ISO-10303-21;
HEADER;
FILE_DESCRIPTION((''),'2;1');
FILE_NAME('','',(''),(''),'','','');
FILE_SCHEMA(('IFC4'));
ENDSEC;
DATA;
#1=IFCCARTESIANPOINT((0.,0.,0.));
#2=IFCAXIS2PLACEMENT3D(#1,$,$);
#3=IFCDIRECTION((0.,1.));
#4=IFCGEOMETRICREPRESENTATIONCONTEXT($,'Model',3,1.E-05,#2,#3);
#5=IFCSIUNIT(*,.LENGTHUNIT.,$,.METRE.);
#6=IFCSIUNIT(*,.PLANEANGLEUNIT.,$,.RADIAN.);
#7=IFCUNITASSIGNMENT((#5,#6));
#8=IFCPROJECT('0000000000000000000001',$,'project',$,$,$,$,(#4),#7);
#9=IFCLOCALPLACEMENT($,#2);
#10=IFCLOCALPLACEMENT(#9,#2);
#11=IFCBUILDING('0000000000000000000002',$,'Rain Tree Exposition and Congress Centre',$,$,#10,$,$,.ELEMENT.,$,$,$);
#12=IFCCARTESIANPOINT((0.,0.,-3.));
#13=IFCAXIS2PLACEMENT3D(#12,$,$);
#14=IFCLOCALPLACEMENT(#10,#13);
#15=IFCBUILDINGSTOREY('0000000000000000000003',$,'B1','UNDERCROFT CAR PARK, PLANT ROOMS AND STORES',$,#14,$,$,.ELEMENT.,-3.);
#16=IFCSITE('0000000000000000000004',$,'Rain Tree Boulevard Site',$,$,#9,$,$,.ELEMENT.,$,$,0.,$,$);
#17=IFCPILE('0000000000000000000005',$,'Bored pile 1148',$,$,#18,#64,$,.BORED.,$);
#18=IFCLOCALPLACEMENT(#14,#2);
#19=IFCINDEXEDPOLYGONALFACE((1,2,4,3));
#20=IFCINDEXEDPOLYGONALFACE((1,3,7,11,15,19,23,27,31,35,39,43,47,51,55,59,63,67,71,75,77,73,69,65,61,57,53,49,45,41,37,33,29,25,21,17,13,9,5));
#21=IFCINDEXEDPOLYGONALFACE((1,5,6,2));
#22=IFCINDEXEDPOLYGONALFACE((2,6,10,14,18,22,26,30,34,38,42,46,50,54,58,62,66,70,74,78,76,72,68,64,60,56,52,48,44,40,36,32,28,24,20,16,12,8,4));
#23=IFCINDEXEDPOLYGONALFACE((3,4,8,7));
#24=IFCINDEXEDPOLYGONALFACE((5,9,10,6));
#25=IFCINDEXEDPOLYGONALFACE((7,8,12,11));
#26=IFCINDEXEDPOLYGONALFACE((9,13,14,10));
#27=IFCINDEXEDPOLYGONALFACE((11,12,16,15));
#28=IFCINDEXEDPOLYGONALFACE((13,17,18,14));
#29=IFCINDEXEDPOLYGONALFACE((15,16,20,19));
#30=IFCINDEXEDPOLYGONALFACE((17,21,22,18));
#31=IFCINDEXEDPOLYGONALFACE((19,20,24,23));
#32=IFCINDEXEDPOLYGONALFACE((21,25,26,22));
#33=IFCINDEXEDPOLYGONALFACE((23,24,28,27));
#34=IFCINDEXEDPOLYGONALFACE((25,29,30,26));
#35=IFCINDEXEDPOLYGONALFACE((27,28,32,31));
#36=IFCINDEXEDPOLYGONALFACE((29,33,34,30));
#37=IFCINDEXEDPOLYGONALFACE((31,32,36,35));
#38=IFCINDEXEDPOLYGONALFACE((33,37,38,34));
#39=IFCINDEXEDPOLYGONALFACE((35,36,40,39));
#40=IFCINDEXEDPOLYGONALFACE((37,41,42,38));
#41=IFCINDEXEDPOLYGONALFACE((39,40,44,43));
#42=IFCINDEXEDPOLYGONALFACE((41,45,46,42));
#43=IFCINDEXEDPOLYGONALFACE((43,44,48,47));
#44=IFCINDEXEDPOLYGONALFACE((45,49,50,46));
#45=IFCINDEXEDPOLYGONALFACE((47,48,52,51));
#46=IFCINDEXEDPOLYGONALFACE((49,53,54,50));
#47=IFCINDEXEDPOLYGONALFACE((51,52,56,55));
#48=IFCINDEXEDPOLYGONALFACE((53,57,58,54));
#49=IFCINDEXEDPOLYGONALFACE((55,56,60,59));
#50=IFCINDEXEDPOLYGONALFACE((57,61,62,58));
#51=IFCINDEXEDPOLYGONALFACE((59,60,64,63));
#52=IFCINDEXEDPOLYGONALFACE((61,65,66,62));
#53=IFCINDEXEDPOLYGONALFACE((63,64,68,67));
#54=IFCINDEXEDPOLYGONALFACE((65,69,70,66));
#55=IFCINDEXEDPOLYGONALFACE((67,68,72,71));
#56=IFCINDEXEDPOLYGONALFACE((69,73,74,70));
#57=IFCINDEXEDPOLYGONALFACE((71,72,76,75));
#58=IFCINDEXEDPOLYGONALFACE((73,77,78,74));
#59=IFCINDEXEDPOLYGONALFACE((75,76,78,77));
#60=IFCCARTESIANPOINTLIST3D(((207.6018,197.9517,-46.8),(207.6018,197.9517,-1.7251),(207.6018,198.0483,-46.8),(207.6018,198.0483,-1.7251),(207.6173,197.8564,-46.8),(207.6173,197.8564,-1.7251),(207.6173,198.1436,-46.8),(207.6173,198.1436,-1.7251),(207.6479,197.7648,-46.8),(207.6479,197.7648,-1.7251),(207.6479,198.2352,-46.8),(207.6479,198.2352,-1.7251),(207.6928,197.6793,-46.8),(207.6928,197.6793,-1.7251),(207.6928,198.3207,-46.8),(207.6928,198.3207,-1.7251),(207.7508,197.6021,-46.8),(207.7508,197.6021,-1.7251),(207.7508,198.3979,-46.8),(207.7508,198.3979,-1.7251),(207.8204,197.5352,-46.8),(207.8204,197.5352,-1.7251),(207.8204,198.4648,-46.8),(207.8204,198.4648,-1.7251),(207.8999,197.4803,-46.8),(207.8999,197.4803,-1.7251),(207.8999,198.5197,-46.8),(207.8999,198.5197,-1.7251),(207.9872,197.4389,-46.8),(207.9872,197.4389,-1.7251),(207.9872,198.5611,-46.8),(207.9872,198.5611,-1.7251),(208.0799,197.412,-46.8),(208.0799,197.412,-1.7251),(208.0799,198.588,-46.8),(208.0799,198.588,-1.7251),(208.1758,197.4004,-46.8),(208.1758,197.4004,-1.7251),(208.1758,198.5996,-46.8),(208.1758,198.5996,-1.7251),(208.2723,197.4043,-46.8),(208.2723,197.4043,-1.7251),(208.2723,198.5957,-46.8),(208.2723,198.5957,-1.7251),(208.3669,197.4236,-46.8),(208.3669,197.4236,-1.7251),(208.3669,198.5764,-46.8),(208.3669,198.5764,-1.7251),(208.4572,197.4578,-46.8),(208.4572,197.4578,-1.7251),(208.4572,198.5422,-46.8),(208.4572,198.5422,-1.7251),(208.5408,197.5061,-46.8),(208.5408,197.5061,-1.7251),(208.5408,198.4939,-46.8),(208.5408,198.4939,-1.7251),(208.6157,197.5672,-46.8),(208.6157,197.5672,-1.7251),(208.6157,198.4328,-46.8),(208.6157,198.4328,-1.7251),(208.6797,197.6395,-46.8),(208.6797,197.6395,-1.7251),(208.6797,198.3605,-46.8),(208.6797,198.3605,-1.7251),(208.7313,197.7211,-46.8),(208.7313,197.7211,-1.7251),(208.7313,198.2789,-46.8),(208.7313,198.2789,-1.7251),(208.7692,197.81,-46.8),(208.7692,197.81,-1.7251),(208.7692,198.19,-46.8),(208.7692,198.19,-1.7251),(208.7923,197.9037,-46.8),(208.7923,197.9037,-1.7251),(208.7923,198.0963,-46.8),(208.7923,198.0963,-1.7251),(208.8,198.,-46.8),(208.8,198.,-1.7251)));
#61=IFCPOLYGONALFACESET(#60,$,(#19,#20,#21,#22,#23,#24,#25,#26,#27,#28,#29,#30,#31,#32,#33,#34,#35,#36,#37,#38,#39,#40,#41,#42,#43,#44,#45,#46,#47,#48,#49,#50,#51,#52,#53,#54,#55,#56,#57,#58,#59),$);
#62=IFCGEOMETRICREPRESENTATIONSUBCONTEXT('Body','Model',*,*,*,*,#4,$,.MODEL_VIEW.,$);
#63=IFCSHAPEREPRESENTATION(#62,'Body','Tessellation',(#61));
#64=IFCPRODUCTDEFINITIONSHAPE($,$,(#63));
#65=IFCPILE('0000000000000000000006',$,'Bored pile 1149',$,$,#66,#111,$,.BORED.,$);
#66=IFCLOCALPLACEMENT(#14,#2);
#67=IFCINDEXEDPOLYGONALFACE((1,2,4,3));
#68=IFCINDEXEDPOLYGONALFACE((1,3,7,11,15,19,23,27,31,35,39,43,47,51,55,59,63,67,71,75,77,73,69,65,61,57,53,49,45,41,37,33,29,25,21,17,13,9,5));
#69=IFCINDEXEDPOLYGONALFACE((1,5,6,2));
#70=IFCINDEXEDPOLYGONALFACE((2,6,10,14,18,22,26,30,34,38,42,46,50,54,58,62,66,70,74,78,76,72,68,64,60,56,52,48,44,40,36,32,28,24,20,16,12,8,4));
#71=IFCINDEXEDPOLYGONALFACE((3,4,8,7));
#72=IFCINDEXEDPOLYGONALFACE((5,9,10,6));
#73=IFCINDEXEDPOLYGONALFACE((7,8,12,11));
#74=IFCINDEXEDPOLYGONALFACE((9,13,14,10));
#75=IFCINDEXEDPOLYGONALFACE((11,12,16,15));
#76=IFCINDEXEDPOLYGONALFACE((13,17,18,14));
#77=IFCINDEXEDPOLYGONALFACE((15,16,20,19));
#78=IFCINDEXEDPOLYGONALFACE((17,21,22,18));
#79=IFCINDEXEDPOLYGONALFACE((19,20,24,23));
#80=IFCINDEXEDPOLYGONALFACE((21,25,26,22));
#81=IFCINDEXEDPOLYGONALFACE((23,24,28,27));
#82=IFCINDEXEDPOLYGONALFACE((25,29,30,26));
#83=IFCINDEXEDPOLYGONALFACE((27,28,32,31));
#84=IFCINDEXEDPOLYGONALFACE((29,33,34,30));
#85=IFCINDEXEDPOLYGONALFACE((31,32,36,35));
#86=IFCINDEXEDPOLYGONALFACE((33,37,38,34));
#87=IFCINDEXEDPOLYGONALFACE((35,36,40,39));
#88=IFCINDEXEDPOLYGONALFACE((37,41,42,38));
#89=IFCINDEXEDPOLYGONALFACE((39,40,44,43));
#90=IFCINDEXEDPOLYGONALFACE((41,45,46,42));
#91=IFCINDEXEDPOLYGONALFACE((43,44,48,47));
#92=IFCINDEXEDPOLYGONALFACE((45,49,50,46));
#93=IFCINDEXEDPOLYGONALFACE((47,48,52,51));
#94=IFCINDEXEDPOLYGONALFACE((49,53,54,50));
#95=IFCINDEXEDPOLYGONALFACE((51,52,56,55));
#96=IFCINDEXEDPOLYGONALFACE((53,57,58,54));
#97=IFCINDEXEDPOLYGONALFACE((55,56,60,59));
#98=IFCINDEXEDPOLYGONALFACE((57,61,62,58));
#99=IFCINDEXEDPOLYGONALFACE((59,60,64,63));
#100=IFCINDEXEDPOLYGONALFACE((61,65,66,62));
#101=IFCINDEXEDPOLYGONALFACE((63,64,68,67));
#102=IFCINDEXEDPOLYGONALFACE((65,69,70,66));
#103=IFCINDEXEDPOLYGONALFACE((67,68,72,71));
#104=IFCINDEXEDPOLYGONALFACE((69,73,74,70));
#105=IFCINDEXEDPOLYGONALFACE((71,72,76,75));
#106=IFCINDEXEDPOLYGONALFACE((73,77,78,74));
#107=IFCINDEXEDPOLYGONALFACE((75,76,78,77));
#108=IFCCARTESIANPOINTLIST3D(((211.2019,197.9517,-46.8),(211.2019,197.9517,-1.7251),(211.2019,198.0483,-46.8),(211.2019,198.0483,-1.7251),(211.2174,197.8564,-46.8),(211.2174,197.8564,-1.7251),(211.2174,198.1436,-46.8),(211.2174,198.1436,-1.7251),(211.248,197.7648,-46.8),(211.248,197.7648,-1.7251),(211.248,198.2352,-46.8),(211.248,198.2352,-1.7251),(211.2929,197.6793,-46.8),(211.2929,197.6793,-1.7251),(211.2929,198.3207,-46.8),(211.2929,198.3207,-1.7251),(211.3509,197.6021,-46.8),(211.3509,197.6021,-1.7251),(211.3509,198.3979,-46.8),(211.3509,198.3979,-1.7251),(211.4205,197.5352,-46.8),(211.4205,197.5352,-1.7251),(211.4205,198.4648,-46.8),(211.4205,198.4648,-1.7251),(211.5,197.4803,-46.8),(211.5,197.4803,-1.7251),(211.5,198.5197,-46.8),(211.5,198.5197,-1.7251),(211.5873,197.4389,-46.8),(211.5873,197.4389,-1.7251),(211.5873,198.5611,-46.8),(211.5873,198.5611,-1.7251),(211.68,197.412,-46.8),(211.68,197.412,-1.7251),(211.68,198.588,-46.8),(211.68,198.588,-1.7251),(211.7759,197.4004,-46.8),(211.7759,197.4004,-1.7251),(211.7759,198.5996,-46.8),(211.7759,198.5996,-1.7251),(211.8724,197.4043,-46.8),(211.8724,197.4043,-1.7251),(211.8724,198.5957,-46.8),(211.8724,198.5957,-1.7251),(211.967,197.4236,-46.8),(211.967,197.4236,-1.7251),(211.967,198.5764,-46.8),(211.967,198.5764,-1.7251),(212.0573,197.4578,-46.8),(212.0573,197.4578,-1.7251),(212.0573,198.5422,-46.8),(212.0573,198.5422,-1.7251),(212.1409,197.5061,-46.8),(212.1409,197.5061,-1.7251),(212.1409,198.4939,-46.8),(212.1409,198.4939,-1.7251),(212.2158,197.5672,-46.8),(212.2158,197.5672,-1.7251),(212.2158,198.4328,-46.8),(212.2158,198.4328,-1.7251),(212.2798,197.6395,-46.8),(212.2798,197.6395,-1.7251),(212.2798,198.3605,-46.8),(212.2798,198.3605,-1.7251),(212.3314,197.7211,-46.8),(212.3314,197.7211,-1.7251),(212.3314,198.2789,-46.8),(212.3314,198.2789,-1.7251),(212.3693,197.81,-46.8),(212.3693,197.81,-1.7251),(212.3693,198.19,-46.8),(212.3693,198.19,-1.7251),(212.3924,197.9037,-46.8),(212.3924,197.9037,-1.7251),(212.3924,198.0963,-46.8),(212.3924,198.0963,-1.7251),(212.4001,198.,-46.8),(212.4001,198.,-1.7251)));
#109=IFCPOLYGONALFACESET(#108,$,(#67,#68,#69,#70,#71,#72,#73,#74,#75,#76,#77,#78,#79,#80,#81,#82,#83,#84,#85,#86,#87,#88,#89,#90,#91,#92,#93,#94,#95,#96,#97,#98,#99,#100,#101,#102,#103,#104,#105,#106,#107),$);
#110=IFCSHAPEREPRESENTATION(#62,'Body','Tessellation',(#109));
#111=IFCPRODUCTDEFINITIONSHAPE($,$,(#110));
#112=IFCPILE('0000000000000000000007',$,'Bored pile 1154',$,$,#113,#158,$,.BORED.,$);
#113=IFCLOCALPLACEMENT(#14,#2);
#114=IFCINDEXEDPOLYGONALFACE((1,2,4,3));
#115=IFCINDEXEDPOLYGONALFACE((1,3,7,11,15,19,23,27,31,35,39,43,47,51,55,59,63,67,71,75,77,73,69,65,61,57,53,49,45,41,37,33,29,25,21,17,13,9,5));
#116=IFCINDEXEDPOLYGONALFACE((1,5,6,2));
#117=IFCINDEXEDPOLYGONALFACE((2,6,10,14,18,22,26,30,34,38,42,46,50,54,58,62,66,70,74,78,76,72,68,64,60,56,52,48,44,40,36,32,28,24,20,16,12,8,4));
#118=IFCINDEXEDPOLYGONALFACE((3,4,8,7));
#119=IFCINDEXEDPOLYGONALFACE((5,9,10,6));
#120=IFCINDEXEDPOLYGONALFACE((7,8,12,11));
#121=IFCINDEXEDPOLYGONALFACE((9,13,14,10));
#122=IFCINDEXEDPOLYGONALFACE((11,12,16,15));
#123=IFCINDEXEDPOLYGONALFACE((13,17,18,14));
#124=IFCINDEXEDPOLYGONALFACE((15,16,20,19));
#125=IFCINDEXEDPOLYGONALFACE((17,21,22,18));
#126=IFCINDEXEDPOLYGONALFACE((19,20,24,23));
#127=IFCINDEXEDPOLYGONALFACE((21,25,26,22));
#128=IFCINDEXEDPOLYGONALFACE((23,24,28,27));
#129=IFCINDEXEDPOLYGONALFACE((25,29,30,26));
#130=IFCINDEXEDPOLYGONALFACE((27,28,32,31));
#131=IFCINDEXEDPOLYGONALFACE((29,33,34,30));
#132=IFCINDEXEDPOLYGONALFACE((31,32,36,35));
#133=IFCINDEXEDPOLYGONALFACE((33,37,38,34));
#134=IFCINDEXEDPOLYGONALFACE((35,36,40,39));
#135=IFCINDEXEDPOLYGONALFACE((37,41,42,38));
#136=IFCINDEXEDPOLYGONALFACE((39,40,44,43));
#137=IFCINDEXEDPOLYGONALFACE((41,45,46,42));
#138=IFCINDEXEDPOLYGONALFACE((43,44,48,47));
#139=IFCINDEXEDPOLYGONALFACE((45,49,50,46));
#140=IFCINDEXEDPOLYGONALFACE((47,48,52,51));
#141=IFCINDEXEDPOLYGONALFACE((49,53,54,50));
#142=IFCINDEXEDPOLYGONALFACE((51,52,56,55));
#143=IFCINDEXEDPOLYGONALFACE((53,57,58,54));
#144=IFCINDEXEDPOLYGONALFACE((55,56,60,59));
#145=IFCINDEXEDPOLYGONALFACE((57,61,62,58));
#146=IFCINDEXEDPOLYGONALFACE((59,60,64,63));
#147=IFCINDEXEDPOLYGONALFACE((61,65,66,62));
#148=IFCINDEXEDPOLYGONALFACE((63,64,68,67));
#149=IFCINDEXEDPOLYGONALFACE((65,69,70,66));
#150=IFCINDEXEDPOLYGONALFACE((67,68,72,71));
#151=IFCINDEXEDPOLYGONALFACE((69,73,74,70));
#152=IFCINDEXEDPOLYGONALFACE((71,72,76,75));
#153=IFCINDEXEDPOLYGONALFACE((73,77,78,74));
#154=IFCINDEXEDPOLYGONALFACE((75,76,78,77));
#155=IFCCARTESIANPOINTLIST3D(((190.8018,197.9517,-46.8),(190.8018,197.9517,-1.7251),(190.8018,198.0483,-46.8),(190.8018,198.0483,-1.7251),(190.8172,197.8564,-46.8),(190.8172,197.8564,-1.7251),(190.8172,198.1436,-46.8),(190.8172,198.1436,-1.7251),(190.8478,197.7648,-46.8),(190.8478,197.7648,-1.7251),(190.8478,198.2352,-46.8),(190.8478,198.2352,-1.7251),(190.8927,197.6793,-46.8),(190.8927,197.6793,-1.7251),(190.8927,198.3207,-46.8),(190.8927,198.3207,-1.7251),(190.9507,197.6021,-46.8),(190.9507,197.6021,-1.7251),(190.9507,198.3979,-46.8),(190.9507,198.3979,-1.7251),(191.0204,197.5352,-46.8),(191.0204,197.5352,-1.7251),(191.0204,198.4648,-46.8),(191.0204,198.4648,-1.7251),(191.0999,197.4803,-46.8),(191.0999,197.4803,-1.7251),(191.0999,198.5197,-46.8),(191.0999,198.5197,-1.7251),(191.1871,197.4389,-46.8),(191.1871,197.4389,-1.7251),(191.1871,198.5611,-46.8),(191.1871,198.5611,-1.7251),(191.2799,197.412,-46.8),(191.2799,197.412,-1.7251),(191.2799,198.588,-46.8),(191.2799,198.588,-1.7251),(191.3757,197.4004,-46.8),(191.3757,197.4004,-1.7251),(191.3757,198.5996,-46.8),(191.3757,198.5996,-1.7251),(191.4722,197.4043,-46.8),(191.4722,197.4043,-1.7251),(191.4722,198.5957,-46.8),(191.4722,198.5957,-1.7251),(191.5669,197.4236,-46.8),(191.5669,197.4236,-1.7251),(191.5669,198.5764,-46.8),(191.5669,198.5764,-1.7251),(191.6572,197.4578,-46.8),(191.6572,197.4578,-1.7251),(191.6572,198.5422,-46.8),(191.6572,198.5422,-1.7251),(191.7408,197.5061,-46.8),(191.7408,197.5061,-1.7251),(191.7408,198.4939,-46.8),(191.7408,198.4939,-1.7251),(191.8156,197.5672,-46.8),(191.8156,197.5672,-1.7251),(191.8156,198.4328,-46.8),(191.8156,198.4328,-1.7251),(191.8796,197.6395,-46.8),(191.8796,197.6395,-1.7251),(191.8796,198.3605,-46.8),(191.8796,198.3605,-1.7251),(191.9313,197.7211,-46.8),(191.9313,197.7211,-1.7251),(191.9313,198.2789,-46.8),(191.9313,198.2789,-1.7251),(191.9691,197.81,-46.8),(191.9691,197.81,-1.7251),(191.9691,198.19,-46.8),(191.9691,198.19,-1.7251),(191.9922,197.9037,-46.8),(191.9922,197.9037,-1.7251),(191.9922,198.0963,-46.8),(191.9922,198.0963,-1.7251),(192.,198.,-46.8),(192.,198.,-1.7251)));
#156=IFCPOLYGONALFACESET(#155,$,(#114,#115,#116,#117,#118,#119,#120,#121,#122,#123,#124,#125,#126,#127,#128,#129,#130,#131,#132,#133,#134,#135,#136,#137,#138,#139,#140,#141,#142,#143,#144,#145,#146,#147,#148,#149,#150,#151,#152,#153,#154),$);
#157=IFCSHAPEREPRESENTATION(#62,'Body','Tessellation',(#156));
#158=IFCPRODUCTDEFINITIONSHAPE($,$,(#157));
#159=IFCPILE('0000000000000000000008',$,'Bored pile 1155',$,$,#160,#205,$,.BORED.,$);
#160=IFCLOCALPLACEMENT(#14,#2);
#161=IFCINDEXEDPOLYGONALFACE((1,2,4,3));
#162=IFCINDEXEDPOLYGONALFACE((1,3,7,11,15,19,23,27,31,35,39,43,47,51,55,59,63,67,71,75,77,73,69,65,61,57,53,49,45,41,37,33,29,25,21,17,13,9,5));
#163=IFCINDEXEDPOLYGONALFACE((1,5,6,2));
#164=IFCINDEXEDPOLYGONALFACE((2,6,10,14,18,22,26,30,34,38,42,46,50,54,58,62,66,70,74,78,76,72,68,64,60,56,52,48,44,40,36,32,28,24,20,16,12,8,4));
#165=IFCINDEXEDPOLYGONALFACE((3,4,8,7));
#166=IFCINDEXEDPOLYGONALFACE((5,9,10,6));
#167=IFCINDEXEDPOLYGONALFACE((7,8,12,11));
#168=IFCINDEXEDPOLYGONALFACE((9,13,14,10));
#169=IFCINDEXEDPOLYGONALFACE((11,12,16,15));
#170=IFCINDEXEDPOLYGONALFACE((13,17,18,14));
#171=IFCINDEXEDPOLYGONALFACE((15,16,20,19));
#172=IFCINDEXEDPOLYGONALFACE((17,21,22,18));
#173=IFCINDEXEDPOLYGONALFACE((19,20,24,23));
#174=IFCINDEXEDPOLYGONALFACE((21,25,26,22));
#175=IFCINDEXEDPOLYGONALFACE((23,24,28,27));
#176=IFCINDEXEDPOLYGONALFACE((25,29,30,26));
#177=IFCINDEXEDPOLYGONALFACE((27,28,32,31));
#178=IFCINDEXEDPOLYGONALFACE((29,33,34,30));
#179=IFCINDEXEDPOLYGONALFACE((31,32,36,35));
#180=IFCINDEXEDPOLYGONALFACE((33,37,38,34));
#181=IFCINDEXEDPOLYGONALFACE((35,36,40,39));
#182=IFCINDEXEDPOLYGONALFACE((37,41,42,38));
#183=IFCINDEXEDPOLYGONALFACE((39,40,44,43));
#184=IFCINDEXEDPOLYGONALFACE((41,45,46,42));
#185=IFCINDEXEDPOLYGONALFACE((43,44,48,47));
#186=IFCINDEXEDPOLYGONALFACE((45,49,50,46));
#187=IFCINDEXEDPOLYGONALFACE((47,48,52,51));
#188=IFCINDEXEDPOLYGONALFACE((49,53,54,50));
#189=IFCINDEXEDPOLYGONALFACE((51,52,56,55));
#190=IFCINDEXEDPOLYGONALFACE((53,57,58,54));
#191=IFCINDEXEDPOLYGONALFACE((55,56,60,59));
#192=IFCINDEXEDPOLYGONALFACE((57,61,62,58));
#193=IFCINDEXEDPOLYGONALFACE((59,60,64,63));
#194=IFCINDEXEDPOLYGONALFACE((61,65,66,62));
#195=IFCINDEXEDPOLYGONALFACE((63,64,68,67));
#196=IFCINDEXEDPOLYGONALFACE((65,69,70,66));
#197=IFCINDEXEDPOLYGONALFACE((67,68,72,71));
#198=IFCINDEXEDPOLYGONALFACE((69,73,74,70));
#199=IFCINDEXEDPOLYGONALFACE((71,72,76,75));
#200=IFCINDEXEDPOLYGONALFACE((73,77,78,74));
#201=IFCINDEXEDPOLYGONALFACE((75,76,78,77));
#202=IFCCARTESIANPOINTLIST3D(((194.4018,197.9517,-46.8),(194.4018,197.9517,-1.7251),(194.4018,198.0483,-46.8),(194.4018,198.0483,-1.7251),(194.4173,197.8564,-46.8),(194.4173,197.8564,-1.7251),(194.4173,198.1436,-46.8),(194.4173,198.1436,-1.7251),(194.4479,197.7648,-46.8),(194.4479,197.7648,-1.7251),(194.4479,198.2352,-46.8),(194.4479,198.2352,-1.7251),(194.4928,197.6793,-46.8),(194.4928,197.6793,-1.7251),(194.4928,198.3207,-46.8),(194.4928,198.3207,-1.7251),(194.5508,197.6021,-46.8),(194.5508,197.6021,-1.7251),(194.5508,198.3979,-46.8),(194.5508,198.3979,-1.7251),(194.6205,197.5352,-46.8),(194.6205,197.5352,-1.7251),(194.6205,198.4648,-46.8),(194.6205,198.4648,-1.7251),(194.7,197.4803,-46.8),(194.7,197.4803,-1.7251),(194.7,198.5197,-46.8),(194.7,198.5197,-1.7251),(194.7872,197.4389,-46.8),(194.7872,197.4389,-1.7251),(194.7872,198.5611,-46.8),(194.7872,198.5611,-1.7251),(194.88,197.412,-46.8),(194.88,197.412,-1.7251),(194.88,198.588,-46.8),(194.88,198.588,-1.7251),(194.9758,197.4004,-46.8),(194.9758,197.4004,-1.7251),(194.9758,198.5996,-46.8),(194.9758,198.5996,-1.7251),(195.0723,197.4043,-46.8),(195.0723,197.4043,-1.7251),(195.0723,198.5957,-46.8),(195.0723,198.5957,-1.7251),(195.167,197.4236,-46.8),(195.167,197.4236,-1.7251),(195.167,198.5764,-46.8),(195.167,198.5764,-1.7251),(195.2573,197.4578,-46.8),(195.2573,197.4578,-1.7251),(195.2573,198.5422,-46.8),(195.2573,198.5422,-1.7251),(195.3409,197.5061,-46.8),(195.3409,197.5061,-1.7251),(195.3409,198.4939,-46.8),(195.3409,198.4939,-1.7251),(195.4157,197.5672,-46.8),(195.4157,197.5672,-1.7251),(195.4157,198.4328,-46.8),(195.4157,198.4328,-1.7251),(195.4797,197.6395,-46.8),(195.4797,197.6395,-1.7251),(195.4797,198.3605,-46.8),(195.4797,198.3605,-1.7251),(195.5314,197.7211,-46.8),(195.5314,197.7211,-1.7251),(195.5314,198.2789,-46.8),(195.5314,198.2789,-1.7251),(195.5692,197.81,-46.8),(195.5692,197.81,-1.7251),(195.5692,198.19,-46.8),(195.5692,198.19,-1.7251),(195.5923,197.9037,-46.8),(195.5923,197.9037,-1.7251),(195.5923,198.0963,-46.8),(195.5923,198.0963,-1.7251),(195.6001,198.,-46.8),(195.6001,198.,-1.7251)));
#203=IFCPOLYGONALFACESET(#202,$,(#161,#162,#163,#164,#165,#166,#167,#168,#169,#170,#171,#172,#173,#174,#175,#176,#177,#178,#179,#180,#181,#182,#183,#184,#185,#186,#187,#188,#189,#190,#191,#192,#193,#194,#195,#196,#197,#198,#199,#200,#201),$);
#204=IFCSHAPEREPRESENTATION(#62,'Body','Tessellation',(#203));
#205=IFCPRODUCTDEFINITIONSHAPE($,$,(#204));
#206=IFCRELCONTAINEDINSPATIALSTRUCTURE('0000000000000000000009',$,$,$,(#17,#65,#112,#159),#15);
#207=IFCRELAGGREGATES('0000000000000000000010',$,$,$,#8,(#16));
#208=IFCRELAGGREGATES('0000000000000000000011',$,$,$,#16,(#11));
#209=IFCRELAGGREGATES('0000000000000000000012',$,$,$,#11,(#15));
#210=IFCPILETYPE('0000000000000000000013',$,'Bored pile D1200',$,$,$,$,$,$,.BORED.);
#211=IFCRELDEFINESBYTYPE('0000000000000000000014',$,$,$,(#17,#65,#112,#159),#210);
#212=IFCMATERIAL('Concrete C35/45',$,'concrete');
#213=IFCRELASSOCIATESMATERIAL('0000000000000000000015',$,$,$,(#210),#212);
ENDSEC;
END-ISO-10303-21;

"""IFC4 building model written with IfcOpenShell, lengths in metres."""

from ifc_helpers import new_model, si_unit, direction, frame, origin, origin_2d, place, context, subcontext, project, spatial, circle, extrude, material, material_profile, profile_set, type_object, element, save


model = new_model("IFC4")

# Units and contexts
model_context = context("Model", 3, precision=1e-05, world=origin(), true_north=direction((0.0, 1.0)))
body_context = subcontext(model_context, "Body", "Model", "MODEL_VIEW")
ifc_project = project(units=[si_unit("LENGTHUNIT", "METRE"), si_unit("PLANEANGLEUNIT", "RADIAN")], contexts=[model_context])

# Site, building, storey
site_placement = place(None, origin())
site = spatial("IfcSite", under=ifc_project, at=site_placement, Name="Rain Tree Boulevard Site", CompositionType="ELEMENT", RefElevation=0.0)
building_placement = place(site_placement, origin())
building = spatial("IfcBuilding", under=site, at=building_placement, Name="Rain Tree Exposition and Congress Centre", CompositionType="ELEMENT")
storey_placement = place(building_placement, frame((0.0, 0.0, -3.0)))
storey = spatial("IfcBuildingStorey", under=building, at=storey_placement, Name="B1", Description="UNDERCROFT CAR PARK, PLANT ROOMS AND STORES", CompositionType="ELEMENT", Elevation=-3.0)

# Piles
ifc_material_1 = material(Name="Concrete C35/45", Category="concrete")
ifc_material_profile_1 = material_profile(ifc_material_1, circle(Radius=0.6001, at=origin_2d()), Name="D1200")
ifc_profile_set_1 = profile_set([ifc_material_profile_1], Name="Concrete C35/45")
pile_type_1 = type_object("IfcPileType", Name="Bored pile D1200", PredefinedType="BORED", material=ifc_profile_set_1)
for number, where, z_axis, x_axis, name in (
    (1, (208.2, 198.0, -1.7251), (0.0, 0.0, -1.0), (1.0, 0.0, 0.0), "Bored pile 1148"),
    (2, (211.8, 198.0, -1.7251), (0.0, 0.0, -1.0), (1.0, 0.0, 0.0), "Bored pile 1149"),
    (3, (191.3999, 198.0, -1.7251), (0.0, 0.0, -1.0), (1.0, 0.0, 0.0), "Bored pile 1154"),
    (4, (195.0, 198.0, -1.7251), (0.0, 0.0, -1.0), (1.0, 0.0, 0.0), "Bored pile 1155"),
):
    element("IfcPile", number, at=place(storey_placement, frame(where, z_axis=z_axis, x_axis=x_axis)), inside=storey, type_object=pile_type_1, Name=name, PredefinedType="BORED", context=body_context, shape_type="SweptSolid", body=[
        extrude(circle(Radius=0.6001, at=origin_2d()), origin(), (0.0, 0.0, 1.0), 45.075),
    ])

save(model, "model.ifc")
